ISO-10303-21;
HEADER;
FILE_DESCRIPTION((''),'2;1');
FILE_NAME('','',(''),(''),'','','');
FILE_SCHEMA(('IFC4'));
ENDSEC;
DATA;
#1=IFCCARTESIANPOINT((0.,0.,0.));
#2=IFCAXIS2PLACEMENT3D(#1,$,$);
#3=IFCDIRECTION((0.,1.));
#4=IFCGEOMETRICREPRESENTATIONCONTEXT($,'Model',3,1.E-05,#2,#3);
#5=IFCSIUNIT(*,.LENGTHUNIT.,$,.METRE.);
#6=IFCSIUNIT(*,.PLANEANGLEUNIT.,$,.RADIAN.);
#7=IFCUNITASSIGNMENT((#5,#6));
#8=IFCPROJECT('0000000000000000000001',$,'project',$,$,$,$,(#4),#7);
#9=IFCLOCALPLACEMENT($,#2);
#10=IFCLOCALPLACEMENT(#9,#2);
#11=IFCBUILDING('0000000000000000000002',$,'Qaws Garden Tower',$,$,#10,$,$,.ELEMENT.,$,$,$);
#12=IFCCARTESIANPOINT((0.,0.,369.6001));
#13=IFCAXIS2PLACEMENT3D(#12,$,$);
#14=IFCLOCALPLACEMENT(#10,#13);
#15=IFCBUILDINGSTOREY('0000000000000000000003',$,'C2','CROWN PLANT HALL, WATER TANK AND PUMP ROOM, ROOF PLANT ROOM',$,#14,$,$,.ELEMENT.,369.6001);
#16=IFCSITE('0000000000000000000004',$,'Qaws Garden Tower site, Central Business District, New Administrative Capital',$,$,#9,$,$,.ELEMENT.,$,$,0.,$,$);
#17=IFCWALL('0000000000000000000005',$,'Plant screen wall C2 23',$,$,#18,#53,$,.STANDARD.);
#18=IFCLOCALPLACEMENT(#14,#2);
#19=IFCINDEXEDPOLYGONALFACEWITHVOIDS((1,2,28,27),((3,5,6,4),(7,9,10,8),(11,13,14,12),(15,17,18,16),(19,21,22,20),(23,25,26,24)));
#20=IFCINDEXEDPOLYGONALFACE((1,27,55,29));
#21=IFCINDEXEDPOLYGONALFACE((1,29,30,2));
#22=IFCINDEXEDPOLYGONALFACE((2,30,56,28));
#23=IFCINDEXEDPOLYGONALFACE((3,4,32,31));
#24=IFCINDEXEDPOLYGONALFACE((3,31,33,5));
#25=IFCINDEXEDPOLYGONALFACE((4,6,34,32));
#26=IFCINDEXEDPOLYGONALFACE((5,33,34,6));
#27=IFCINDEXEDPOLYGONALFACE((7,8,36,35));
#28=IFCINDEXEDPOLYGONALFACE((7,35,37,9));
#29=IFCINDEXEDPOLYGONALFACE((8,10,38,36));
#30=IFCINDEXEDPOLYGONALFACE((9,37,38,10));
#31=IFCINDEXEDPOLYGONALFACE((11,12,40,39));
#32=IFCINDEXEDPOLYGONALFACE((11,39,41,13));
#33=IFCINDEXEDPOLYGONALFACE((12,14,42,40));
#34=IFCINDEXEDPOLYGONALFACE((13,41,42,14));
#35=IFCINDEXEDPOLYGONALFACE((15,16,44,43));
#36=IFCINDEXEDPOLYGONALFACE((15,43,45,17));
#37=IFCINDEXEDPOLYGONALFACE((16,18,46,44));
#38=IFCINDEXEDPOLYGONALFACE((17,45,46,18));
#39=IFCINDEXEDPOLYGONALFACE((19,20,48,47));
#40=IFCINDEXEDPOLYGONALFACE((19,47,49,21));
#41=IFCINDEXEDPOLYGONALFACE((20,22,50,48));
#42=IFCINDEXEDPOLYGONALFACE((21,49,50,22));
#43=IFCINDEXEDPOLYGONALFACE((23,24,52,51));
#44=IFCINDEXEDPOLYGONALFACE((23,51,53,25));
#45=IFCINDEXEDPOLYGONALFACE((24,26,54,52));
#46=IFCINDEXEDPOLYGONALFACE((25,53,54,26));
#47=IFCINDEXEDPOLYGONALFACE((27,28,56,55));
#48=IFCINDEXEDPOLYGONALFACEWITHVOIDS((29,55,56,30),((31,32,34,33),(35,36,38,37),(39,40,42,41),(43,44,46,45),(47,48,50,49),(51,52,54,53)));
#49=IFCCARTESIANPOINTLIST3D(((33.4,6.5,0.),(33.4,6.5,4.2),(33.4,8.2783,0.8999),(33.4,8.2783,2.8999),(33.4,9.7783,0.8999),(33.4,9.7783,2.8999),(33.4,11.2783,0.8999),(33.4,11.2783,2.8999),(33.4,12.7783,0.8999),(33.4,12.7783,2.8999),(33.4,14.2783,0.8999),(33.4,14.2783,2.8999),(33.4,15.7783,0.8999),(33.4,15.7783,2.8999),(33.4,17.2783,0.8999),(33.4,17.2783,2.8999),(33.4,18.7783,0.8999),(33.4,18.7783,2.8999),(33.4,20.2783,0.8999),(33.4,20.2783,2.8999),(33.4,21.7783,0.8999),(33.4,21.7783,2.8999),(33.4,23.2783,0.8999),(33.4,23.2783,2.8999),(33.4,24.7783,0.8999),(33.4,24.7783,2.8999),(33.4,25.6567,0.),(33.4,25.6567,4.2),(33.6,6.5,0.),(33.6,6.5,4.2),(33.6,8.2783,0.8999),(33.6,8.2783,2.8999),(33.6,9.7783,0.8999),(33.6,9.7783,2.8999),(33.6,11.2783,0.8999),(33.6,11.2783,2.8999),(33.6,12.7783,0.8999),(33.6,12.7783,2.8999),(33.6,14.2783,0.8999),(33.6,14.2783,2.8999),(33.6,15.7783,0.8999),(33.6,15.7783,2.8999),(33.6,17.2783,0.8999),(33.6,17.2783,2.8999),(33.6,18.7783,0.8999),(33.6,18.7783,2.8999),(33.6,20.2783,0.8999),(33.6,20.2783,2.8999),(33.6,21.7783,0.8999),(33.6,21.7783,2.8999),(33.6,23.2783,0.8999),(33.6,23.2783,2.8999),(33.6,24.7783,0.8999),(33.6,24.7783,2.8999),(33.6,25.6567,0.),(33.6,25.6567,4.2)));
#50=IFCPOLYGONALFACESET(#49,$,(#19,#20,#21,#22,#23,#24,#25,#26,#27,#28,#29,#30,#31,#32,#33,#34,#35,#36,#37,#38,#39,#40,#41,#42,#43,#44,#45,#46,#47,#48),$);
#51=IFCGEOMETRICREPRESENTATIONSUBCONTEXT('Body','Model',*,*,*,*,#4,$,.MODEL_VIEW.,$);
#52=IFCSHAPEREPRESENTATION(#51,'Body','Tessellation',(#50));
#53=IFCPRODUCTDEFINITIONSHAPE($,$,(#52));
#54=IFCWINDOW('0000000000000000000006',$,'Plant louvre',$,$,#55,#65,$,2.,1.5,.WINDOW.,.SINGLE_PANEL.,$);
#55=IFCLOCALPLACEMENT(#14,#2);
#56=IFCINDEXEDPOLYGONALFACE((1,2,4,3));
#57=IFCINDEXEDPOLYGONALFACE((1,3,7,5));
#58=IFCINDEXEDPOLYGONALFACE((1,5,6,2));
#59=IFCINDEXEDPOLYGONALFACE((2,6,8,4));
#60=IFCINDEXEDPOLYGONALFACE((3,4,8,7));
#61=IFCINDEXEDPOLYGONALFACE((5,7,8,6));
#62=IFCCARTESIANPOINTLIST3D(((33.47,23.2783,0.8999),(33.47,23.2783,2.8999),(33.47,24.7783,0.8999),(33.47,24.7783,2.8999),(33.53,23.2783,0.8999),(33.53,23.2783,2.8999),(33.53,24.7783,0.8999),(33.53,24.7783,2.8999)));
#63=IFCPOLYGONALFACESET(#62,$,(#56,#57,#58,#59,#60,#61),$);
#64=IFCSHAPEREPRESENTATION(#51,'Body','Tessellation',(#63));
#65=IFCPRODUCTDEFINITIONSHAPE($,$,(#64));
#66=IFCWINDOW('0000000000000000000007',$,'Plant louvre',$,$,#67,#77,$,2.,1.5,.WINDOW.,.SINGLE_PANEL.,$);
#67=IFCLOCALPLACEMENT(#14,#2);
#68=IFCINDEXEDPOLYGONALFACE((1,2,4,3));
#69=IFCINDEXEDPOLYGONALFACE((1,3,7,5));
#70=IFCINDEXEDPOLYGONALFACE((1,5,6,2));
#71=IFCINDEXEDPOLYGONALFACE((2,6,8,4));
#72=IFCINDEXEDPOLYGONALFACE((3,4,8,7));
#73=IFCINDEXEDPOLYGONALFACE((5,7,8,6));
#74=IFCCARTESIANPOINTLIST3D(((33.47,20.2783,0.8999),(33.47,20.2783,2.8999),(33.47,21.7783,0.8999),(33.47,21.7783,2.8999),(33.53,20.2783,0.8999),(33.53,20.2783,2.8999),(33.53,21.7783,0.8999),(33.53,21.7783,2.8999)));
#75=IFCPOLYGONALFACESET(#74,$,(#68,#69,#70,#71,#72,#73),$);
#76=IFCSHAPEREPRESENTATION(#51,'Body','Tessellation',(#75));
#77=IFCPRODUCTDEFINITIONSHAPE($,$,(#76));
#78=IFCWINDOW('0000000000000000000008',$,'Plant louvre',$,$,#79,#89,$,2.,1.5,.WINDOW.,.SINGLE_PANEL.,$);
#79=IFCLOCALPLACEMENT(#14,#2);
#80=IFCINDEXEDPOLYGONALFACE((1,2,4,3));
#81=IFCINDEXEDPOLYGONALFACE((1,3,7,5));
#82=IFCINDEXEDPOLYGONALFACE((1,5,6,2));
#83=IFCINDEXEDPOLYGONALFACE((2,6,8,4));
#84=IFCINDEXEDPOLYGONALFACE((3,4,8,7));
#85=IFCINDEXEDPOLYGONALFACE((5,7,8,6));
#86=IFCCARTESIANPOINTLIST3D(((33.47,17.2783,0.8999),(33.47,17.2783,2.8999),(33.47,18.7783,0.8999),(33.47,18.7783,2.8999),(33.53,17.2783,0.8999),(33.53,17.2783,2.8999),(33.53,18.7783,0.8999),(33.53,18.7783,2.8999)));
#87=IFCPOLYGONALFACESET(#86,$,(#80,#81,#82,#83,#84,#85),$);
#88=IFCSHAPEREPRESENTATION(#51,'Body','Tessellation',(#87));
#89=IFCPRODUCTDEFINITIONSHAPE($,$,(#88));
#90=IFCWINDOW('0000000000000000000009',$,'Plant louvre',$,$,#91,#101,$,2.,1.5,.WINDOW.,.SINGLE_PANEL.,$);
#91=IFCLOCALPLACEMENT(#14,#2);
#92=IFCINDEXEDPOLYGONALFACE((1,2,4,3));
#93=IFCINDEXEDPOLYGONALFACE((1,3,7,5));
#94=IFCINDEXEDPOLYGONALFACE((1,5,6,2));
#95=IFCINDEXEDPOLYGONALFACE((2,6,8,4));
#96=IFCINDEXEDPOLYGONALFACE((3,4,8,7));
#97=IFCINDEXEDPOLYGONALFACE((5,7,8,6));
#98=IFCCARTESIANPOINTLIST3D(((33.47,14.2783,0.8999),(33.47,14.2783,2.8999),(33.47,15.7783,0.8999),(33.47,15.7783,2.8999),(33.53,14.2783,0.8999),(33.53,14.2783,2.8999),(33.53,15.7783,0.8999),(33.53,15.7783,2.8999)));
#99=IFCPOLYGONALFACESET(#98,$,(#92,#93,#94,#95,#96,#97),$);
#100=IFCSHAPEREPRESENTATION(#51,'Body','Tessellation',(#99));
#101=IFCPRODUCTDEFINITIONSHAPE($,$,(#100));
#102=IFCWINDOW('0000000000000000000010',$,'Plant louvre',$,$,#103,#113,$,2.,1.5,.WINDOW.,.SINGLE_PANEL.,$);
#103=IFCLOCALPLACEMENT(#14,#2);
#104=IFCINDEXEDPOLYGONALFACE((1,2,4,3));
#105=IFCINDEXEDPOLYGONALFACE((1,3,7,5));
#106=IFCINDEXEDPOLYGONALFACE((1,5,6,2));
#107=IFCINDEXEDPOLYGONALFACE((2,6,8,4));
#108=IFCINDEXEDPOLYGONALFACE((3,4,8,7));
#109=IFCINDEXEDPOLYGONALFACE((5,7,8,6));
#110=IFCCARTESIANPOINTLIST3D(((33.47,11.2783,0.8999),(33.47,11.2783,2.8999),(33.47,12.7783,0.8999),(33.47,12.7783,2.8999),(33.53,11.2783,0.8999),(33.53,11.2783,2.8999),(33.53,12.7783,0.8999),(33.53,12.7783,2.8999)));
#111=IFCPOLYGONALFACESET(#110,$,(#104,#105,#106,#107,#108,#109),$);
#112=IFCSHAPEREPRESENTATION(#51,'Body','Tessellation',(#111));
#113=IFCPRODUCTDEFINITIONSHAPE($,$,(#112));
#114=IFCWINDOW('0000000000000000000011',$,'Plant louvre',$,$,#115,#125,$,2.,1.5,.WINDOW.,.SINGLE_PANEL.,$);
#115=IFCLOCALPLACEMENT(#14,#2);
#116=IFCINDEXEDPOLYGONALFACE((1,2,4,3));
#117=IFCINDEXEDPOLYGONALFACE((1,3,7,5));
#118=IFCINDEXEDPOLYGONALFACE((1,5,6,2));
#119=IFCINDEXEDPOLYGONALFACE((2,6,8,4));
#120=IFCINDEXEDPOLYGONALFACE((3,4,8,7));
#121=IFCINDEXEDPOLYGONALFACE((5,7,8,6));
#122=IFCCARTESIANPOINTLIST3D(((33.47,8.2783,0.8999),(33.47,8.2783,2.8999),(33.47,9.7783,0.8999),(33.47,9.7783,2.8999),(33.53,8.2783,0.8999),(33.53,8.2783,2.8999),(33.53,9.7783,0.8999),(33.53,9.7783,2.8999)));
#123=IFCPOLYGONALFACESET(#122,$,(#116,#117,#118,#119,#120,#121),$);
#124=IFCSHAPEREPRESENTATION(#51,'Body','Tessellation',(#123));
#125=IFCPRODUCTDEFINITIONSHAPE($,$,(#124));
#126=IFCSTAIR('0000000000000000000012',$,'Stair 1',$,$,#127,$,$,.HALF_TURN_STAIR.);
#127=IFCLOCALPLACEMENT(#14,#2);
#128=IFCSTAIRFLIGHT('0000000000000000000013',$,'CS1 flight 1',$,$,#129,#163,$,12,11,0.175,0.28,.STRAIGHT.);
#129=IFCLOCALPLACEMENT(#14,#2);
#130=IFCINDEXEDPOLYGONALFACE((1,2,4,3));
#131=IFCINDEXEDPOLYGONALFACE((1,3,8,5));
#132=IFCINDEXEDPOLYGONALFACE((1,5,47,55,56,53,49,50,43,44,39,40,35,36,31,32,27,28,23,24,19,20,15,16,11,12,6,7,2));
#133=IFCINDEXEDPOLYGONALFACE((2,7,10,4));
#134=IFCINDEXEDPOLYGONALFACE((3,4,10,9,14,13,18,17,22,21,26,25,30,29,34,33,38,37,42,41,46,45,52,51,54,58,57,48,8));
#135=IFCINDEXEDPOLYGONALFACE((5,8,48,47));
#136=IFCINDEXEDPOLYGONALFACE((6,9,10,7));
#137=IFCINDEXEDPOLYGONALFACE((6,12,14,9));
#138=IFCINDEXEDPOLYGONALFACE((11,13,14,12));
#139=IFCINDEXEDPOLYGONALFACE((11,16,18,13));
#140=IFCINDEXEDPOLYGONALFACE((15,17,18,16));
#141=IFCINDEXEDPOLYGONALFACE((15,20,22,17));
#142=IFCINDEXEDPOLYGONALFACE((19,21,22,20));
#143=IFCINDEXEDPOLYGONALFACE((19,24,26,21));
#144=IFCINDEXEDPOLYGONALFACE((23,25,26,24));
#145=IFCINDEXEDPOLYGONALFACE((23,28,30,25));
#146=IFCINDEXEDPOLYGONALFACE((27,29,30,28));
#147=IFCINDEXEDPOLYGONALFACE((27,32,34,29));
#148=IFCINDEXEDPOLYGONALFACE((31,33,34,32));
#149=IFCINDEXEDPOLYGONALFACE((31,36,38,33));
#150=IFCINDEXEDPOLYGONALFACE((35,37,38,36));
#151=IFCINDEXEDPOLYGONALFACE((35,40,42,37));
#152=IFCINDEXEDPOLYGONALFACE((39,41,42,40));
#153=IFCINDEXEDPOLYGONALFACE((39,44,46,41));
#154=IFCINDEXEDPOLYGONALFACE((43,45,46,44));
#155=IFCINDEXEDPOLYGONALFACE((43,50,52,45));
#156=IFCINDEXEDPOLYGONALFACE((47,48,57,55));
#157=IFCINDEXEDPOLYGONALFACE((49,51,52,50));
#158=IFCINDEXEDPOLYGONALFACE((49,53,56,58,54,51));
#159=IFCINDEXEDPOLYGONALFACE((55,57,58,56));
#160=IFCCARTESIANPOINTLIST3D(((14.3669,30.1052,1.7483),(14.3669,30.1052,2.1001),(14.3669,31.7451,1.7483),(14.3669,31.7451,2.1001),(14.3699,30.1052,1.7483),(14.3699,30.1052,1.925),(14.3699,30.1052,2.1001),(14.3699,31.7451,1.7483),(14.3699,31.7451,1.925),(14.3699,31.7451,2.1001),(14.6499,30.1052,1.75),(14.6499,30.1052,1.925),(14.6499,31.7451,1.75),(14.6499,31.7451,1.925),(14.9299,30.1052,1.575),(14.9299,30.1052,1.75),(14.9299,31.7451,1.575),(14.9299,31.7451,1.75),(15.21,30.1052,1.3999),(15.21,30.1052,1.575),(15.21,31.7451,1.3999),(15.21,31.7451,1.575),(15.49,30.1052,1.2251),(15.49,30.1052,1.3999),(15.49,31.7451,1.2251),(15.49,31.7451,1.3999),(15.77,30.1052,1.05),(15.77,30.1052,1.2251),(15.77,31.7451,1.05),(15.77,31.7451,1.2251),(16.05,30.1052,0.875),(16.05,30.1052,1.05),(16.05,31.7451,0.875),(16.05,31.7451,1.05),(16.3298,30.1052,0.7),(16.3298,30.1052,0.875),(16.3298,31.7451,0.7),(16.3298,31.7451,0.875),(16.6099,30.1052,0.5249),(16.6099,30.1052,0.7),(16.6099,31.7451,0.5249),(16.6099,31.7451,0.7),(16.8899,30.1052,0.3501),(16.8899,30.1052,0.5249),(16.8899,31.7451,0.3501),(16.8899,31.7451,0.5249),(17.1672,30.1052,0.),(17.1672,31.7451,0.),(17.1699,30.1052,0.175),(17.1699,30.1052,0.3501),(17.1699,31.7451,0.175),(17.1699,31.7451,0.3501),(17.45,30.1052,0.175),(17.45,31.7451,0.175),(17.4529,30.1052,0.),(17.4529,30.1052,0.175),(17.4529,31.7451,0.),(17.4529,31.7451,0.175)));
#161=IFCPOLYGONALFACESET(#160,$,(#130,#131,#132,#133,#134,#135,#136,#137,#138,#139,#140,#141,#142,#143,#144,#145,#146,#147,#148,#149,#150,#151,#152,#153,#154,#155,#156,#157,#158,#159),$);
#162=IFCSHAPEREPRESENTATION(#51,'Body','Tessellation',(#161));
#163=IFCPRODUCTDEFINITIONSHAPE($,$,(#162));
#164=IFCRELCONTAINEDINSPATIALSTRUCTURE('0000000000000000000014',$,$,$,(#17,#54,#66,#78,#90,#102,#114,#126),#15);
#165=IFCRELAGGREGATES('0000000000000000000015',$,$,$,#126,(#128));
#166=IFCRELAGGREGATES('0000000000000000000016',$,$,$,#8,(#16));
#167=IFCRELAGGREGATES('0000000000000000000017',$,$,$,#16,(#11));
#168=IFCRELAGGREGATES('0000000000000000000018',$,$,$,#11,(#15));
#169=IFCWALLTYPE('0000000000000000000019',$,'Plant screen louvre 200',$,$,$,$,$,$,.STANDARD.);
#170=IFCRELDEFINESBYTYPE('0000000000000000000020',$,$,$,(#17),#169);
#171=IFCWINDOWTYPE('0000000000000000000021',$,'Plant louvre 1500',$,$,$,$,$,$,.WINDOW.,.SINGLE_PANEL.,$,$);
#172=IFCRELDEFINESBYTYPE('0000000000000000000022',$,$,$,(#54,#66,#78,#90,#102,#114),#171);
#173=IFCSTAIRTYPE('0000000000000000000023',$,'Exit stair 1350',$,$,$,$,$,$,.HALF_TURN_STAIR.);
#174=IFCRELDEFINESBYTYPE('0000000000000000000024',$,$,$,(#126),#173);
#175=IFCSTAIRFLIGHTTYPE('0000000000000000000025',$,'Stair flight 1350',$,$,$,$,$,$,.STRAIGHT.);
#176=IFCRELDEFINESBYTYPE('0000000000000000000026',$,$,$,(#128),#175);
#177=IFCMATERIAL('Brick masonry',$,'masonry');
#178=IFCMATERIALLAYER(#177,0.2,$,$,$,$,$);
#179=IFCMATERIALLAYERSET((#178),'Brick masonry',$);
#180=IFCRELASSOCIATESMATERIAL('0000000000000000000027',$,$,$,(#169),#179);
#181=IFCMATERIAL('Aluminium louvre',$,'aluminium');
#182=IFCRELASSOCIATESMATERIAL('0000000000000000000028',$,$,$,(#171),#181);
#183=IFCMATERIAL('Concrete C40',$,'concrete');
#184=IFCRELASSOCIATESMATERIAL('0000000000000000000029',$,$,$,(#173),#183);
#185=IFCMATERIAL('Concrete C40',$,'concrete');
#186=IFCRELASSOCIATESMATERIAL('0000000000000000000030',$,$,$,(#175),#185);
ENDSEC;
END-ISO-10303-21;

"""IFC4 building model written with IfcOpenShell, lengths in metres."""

from ifc_helpers import new_model, si_unit, direction, frame, frame_2d, origin, place, context, subcontext, project, spatial, polyline, rectangle, outline, extrude, material, layer, layer_set, type_object, element, fill, aggregate, save


model = new_model("IFC4")

# Units and contexts
model_context = context("Model", 3, precision=1e-05, world=origin(), true_north=direction((0.0, 1.0)))
body_context = subcontext(model_context, "Body", "Model", "MODEL_VIEW")
ifc_project = project(units=[si_unit("LENGTHUNIT", "METRE"), si_unit("PLANEANGLEUNIT", "RADIAN")], contexts=[model_context])

# Site, building, storey
site_placement = place(None, origin())
site = spatial("IfcSite", under=ifc_project, at=site_placement, Name="Qaws Garden Tower site, Central Business District, New Administrative Capital", CompositionType="ELEMENT", RefElevation=0.0)
building_placement = place(site_placement, origin())
building = spatial("IfcBuilding", under=site, at=building_placement, Name="Qaws Garden Tower", CompositionType="ELEMENT")
storey_placement = place(building_placement, frame((0.0, 0.0, 369.6001)))
storey = spatial("IfcBuildingStorey", under=building, at=storey_placement, Name="C2", Description="CROWN PLANT HALL, WATER TANK AND PUMP ROOM, ROOF PLANT ROOM", CompositionType="ELEMENT", Elevation=369.6001)

# Shared definitions
ifc_material_1 = material(Name="Brick masonry", Category="masonry")
ifc_layer_1 = layer(ifc_material_1, 0.2)
ifc_layer_set_1 = layer_set([ifc_layer_1], Name="Brick masonry")
wall_type_1 = type_object("IfcWallType", Name="Plant screen louvre 200", PredefinedType="STANDARD", material=ifc_layer_set_1)

# Wall, openings, windows
wall_1_placement = place(storey_placement, frame((33.5, 25.6567, 0.0), z_axis=(0.0, 0.0, 1.0), x_axis=(0.0, -1.0, 0.0)))
wall_1 = element("IfcWall", 1, at=wall_1_placement, inside=storey, type_object=wall_type_1, Name="Plant screen wall C2 23", PredefinedType="STANDARD", context=body_context, shape_type="SweptSolid", body=[
    extrude(rectangle(XDim=19.1567, YDim=0.2, at=frame_2d((9.5784, 0.0))), origin(), (0.0, 0.0, 1.0), 4.2),
])
opening_1_placement = place(wall_1_placement, frame((0.8784, 0.0, 0.8999)))
opening_1 = element("IfcOpeningElement", 2, at=opening_1_placement, cuts=wall_1, PredefinedType="OPENING", context=body_context, shape_type="SweptSolid", body=[
    extrude(rectangle(XDim=1.5, YDim=2.0, at=frame_2d((0.75, 1.0))), frame((0.0, 0.1099, 0.0), z_axis=(0.0, -1.0, 0.0), x_axis=(1.0, 0.0, 0.0)), (0.0, 0.0, 1.0), 0.22),
])
opening_2_placement = place(wall_1_placement, frame((3.8784, 0.0, 0.8999)))
opening_2 = element("IfcOpeningElement", 3, at=opening_2_placement, cuts=wall_1, PredefinedType="OPENING", context=body_context, shape_type="SweptSolid", body=[
    extrude(rectangle(XDim=1.5, YDim=2.0, at=frame_2d((0.75, 1.0))), frame((0.0, 0.1099, 0.0), z_axis=(0.0, -1.0, 0.0), x_axis=(1.0, 0.0, 0.0)), (0.0, 0.0, 1.0), 0.22),
])
opening_3_placement = place(wall_1_placement, frame((6.8784, 0.0, 0.8999)))
opening_3 = element("IfcOpeningElement", 4, at=opening_3_placement, cuts=wall_1, PredefinedType="OPENING", context=body_context, shape_type="SweptSolid", body=[
    extrude(rectangle(XDim=1.5, YDim=2.0, at=frame_2d((0.75, 1.0))), frame((0.0, 0.1099, 0.0), z_axis=(0.0, -1.0, 0.0), x_axis=(1.0, 0.0, 0.0)), (0.0, 0.0, 1.0), 0.22),
])
opening_4_placement = place(wall_1_placement, frame((9.8784, 0.0, 0.8999)))
opening_4 = element("IfcOpeningElement", 5, at=opening_4_placement, cuts=wall_1, PredefinedType="OPENING", context=body_context, shape_type="SweptSolid", body=[
    extrude(rectangle(XDim=1.5, YDim=2.0, at=frame_2d((0.75, 1.0))), frame((0.0, 0.1099, 0.0), z_axis=(0.0, -1.0, 0.0), x_axis=(1.0, 0.0, 0.0)), (0.0, 0.0, 1.0), 0.22),
])
opening_5_placement = place(wall_1_placement, frame((12.8784, 0.0, 0.8999)))
opening_5 = element("IfcOpeningElement", 6, at=opening_5_placement, cuts=wall_1, PredefinedType="OPENING", context=body_context, shape_type="SweptSolid", body=[
    extrude(rectangle(XDim=1.5, YDim=2.0, at=frame_2d((0.75, 1.0))), frame((0.0, 0.1099, 0.0), z_axis=(0.0, -1.0, 0.0), x_axis=(1.0, 0.0, 0.0)), (0.0, 0.0, 1.0), 0.22),
])
opening_6_placement = place(wall_1_placement, frame((15.8784, 0.0, 0.8999)))
opening_6 = element("IfcOpeningElement", 7, at=opening_6_placement, cuts=wall_1, PredefinedType="OPENING", context=body_context, shape_type="SweptSolid", body=[
    extrude(rectangle(XDim=1.5, YDim=2.0, at=frame_2d((0.75, 1.0))), frame((0.0, 0.1099, 0.0), z_axis=(0.0, -1.0, 0.0), x_axis=(1.0, 0.0, 0.0)), (0.0, 0.0, 1.0), 0.22),
])
ifc_material_2 = material(Name="Aluminium louvre", Category="aluminium")
window_type = type_object("IfcWindowType", Name="Plant louvre 1500", PartitioningType="SINGLE_PANEL", PredefinedType="WINDOW", material=ifc_material_2)
window_1_placement = place(opening_1_placement, origin())
window_1 = element("IfcWindow", 8, at=window_1_placement, inside=storey, type_object=window_type, Name="Plant louvre", OverallHeight=2.0, OverallWidth=1.5, PartitioningType="SINGLE_PANEL", PredefinedType="WINDOW", context=body_context, shape_type="SweptSolid", body=[
    extrude(rectangle(XDim=1.5, YDim=2.0, at=frame_2d((0.75, 1.0))), frame((0.0, 0.03, 0.0), z_axis=(0.0, -1.0, 0.0), x_axis=(1.0, 0.0, 0.0)), (0.0, 0.0, 1.0), 0.0601),
])
fill(opening_1, window_1)
window_2_placement = place(opening_2_placement, origin())
window_2 = element("IfcWindow", 9, at=window_2_placement, inside=storey, type_object=window_type, Name="Plant louvre", OverallHeight=2.0, OverallWidth=1.5, PartitioningType="SINGLE_PANEL", PredefinedType="WINDOW", context=body_context, shape_type="SweptSolid", body=[
    extrude(rectangle(XDim=1.5, YDim=2.0, at=frame_2d((0.75, 1.0))), frame((0.0, 0.03, 0.0), z_axis=(0.0, -1.0, 0.0), x_axis=(1.0, 0.0, 0.0)), (0.0, 0.0, 1.0), 0.0601),
])
fill(opening_2, window_2)
window_3_placement = place(opening_3_placement, origin())
window_3 = element("IfcWindow", 10, at=window_3_placement, inside=storey, type_object=window_type, Name="Plant louvre", OverallHeight=2.0, OverallWidth=1.5, PartitioningType="SINGLE_PANEL", PredefinedType="WINDOW", context=body_context, shape_type="SweptSolid", body=[
    extrude(rectangle(XDim=1.5, YDim=2.0, at=frame_2d((0.75, 1.0))), frame((0.0, 0.03, 0.0), z_axis=(0.0, -1.0, 0.0), x_axis=(1.0, 0.0, 0.0)), (0.0, 0.0, 1.0), 0.0601),
])
fill(opening_3, window_3)
window_4_placement = place(opening_4_placement, origin())
window_4 = element("IfcWindow", 11, at=window_4_placement, inside=storey, type_object=window_type, Name="Plant louvre", OverallHeight=2.0, OverallWidth=1.5, PartitioningType="SINGLE_PANEL", PredefinedType="WINDOW", context=body_context, shape_type="SweptSolid", body=[
    extrude(rectangle(XDim=1.5, YDim=2.0, at=frame_2d((0.75, 1.0))), frame((0.0, 0.03, 0.0), z_axis=(0.0, -1.0, 0.0), x_axis=(1.0, 0.0, 0.0)), (0.0, 0.0, 1.0), 0.0601),
])
fill(opening_4, window_4)
window_5_placement = place(opening_5_placement, origin())
window_5 = element("IfcWindow", 12, at=window_5_placement, inside=storey, type_object=window_type, Name="Plant louvre", OverallHeight=2.0, OverallWidth=1.5, PartitioningType="SINGLE_PANEL", PredefinedType="WINDOW", context=body_context, shape_type="SweptSolid", body=[
    extrude(rectangle(XDim=1.5, YDim=2.0, at=frame_2d((0.75, 1.0))), frame((0.0, 0.03, 0.0), z_axis=(0.0, -1.0, 0.0), x_axis=(1.0, 0.0, 0.0)), (0.0, 0.0, 1.0), 0.0601),
])
fill(opening_5, window_5)
window_6_placement = place(opening_6_placement, origin())
window_6 = element("IfcWindow", 13, at=window_6_placement, inside=storey, type_object=window_type, Name="Plant louvre", OverallHeight=2.0, OverallWidth=1.5, PartitioningType="SINGLE_PANEL", PredefinedType="WINDOW", context=body_context, shape_type="SweptSolid", body=[
    extrude(rectangle(XDim=1.5, YDim=2.0, at=frame_2d((0.75, 1.0))), frame((0.0, 0.03, 0.0), z_axis=(0.0, -1.0, 0.0), x_axis=(1.0, 0.0, 0.0)), (0.0, 0.0, 1.0), 0.0601),
])
fill(opening_6, window_6)

# Stair, stair flight
ifc_material_3 = material(Name="Concrete C40", Category="concrete")
stair_type = type_object("IfcStairType", Name="Exit stair 1350", PredefinedType="HALF_TURN_STAIR", material=ifc_material_3)
stair_placement = place(storey_placement, origin())
stair = element("IfcStair", 14, at=stair_placement, inside=storey, type_object=stair_type, Name="Stair 1", PredefinedType="HALF_TURN_STAIR")
ifc_material_4 = material(Name="Concrete C40", Category="concrete")
stair_flight_type = type_object("IfcStairFlightType", Name="Stair flight 1350", PredefinedType="STRAIGHT", material=ifc_material_4)
stair_flight_placement = place(storey_placement, frame((17.45, 30.925, 0.0), z_axis=(0.0, 0.0, 1.0), x_axis=(-1.0, 0.0, 0.0)))
stair_flight = element("IfcStairFlight", 15, at=stair_flight_placement, type_object=stair_flight_type, Name="CS1 flight 1", NumberOfRisers=12, NumberOfTreads=11, PredefinedType="STRAIGHT", RiserHeight=0.175, TreadLength=0.28, context=body_context, shape_type="SweptSolid", body=[
    extrude(outline(polyline([(-0.0029, 0.0), (-0.0029, 0.175), (0.0, 0.175), (0.28, 0.175), (0.28, 0.3501), (0.5601, 0.3501), (0.5601, 0.5249), (0.8401, 0.5249), (0.8401, 0.7), (1.1201, 0.7), (1.1201, 0.875), (1.3999, 0.875), (1.3999, 1.05), (1.6799, 1.05), (1.6799, 1.2251), (1.96, 1.2251), (1.96, 1.3999), (2.24, 1.3999), (2.24, 1.575), (2.52, 1.575), (2.52, 1.75), (2.8, 1.75), (2.8, 1.925), (3.0801, 1.925), (3.0801, 2.1001), (3.083, 2.1001), (3.083, 1.7483), (3.0801, 1.7483), (0.2827, 0.0), (-0.0029, 0.0)])), frame((0.0, 0.8198, 0.0), z_axis=(0.0, -1.0, 0.0), x_axis=(1.0, 0.0, 0.0)), (0.0, 0.0, 1.0), 1.6399),
])
aggregate(stair, [stair_flight])

save(model, "model.ifc")
